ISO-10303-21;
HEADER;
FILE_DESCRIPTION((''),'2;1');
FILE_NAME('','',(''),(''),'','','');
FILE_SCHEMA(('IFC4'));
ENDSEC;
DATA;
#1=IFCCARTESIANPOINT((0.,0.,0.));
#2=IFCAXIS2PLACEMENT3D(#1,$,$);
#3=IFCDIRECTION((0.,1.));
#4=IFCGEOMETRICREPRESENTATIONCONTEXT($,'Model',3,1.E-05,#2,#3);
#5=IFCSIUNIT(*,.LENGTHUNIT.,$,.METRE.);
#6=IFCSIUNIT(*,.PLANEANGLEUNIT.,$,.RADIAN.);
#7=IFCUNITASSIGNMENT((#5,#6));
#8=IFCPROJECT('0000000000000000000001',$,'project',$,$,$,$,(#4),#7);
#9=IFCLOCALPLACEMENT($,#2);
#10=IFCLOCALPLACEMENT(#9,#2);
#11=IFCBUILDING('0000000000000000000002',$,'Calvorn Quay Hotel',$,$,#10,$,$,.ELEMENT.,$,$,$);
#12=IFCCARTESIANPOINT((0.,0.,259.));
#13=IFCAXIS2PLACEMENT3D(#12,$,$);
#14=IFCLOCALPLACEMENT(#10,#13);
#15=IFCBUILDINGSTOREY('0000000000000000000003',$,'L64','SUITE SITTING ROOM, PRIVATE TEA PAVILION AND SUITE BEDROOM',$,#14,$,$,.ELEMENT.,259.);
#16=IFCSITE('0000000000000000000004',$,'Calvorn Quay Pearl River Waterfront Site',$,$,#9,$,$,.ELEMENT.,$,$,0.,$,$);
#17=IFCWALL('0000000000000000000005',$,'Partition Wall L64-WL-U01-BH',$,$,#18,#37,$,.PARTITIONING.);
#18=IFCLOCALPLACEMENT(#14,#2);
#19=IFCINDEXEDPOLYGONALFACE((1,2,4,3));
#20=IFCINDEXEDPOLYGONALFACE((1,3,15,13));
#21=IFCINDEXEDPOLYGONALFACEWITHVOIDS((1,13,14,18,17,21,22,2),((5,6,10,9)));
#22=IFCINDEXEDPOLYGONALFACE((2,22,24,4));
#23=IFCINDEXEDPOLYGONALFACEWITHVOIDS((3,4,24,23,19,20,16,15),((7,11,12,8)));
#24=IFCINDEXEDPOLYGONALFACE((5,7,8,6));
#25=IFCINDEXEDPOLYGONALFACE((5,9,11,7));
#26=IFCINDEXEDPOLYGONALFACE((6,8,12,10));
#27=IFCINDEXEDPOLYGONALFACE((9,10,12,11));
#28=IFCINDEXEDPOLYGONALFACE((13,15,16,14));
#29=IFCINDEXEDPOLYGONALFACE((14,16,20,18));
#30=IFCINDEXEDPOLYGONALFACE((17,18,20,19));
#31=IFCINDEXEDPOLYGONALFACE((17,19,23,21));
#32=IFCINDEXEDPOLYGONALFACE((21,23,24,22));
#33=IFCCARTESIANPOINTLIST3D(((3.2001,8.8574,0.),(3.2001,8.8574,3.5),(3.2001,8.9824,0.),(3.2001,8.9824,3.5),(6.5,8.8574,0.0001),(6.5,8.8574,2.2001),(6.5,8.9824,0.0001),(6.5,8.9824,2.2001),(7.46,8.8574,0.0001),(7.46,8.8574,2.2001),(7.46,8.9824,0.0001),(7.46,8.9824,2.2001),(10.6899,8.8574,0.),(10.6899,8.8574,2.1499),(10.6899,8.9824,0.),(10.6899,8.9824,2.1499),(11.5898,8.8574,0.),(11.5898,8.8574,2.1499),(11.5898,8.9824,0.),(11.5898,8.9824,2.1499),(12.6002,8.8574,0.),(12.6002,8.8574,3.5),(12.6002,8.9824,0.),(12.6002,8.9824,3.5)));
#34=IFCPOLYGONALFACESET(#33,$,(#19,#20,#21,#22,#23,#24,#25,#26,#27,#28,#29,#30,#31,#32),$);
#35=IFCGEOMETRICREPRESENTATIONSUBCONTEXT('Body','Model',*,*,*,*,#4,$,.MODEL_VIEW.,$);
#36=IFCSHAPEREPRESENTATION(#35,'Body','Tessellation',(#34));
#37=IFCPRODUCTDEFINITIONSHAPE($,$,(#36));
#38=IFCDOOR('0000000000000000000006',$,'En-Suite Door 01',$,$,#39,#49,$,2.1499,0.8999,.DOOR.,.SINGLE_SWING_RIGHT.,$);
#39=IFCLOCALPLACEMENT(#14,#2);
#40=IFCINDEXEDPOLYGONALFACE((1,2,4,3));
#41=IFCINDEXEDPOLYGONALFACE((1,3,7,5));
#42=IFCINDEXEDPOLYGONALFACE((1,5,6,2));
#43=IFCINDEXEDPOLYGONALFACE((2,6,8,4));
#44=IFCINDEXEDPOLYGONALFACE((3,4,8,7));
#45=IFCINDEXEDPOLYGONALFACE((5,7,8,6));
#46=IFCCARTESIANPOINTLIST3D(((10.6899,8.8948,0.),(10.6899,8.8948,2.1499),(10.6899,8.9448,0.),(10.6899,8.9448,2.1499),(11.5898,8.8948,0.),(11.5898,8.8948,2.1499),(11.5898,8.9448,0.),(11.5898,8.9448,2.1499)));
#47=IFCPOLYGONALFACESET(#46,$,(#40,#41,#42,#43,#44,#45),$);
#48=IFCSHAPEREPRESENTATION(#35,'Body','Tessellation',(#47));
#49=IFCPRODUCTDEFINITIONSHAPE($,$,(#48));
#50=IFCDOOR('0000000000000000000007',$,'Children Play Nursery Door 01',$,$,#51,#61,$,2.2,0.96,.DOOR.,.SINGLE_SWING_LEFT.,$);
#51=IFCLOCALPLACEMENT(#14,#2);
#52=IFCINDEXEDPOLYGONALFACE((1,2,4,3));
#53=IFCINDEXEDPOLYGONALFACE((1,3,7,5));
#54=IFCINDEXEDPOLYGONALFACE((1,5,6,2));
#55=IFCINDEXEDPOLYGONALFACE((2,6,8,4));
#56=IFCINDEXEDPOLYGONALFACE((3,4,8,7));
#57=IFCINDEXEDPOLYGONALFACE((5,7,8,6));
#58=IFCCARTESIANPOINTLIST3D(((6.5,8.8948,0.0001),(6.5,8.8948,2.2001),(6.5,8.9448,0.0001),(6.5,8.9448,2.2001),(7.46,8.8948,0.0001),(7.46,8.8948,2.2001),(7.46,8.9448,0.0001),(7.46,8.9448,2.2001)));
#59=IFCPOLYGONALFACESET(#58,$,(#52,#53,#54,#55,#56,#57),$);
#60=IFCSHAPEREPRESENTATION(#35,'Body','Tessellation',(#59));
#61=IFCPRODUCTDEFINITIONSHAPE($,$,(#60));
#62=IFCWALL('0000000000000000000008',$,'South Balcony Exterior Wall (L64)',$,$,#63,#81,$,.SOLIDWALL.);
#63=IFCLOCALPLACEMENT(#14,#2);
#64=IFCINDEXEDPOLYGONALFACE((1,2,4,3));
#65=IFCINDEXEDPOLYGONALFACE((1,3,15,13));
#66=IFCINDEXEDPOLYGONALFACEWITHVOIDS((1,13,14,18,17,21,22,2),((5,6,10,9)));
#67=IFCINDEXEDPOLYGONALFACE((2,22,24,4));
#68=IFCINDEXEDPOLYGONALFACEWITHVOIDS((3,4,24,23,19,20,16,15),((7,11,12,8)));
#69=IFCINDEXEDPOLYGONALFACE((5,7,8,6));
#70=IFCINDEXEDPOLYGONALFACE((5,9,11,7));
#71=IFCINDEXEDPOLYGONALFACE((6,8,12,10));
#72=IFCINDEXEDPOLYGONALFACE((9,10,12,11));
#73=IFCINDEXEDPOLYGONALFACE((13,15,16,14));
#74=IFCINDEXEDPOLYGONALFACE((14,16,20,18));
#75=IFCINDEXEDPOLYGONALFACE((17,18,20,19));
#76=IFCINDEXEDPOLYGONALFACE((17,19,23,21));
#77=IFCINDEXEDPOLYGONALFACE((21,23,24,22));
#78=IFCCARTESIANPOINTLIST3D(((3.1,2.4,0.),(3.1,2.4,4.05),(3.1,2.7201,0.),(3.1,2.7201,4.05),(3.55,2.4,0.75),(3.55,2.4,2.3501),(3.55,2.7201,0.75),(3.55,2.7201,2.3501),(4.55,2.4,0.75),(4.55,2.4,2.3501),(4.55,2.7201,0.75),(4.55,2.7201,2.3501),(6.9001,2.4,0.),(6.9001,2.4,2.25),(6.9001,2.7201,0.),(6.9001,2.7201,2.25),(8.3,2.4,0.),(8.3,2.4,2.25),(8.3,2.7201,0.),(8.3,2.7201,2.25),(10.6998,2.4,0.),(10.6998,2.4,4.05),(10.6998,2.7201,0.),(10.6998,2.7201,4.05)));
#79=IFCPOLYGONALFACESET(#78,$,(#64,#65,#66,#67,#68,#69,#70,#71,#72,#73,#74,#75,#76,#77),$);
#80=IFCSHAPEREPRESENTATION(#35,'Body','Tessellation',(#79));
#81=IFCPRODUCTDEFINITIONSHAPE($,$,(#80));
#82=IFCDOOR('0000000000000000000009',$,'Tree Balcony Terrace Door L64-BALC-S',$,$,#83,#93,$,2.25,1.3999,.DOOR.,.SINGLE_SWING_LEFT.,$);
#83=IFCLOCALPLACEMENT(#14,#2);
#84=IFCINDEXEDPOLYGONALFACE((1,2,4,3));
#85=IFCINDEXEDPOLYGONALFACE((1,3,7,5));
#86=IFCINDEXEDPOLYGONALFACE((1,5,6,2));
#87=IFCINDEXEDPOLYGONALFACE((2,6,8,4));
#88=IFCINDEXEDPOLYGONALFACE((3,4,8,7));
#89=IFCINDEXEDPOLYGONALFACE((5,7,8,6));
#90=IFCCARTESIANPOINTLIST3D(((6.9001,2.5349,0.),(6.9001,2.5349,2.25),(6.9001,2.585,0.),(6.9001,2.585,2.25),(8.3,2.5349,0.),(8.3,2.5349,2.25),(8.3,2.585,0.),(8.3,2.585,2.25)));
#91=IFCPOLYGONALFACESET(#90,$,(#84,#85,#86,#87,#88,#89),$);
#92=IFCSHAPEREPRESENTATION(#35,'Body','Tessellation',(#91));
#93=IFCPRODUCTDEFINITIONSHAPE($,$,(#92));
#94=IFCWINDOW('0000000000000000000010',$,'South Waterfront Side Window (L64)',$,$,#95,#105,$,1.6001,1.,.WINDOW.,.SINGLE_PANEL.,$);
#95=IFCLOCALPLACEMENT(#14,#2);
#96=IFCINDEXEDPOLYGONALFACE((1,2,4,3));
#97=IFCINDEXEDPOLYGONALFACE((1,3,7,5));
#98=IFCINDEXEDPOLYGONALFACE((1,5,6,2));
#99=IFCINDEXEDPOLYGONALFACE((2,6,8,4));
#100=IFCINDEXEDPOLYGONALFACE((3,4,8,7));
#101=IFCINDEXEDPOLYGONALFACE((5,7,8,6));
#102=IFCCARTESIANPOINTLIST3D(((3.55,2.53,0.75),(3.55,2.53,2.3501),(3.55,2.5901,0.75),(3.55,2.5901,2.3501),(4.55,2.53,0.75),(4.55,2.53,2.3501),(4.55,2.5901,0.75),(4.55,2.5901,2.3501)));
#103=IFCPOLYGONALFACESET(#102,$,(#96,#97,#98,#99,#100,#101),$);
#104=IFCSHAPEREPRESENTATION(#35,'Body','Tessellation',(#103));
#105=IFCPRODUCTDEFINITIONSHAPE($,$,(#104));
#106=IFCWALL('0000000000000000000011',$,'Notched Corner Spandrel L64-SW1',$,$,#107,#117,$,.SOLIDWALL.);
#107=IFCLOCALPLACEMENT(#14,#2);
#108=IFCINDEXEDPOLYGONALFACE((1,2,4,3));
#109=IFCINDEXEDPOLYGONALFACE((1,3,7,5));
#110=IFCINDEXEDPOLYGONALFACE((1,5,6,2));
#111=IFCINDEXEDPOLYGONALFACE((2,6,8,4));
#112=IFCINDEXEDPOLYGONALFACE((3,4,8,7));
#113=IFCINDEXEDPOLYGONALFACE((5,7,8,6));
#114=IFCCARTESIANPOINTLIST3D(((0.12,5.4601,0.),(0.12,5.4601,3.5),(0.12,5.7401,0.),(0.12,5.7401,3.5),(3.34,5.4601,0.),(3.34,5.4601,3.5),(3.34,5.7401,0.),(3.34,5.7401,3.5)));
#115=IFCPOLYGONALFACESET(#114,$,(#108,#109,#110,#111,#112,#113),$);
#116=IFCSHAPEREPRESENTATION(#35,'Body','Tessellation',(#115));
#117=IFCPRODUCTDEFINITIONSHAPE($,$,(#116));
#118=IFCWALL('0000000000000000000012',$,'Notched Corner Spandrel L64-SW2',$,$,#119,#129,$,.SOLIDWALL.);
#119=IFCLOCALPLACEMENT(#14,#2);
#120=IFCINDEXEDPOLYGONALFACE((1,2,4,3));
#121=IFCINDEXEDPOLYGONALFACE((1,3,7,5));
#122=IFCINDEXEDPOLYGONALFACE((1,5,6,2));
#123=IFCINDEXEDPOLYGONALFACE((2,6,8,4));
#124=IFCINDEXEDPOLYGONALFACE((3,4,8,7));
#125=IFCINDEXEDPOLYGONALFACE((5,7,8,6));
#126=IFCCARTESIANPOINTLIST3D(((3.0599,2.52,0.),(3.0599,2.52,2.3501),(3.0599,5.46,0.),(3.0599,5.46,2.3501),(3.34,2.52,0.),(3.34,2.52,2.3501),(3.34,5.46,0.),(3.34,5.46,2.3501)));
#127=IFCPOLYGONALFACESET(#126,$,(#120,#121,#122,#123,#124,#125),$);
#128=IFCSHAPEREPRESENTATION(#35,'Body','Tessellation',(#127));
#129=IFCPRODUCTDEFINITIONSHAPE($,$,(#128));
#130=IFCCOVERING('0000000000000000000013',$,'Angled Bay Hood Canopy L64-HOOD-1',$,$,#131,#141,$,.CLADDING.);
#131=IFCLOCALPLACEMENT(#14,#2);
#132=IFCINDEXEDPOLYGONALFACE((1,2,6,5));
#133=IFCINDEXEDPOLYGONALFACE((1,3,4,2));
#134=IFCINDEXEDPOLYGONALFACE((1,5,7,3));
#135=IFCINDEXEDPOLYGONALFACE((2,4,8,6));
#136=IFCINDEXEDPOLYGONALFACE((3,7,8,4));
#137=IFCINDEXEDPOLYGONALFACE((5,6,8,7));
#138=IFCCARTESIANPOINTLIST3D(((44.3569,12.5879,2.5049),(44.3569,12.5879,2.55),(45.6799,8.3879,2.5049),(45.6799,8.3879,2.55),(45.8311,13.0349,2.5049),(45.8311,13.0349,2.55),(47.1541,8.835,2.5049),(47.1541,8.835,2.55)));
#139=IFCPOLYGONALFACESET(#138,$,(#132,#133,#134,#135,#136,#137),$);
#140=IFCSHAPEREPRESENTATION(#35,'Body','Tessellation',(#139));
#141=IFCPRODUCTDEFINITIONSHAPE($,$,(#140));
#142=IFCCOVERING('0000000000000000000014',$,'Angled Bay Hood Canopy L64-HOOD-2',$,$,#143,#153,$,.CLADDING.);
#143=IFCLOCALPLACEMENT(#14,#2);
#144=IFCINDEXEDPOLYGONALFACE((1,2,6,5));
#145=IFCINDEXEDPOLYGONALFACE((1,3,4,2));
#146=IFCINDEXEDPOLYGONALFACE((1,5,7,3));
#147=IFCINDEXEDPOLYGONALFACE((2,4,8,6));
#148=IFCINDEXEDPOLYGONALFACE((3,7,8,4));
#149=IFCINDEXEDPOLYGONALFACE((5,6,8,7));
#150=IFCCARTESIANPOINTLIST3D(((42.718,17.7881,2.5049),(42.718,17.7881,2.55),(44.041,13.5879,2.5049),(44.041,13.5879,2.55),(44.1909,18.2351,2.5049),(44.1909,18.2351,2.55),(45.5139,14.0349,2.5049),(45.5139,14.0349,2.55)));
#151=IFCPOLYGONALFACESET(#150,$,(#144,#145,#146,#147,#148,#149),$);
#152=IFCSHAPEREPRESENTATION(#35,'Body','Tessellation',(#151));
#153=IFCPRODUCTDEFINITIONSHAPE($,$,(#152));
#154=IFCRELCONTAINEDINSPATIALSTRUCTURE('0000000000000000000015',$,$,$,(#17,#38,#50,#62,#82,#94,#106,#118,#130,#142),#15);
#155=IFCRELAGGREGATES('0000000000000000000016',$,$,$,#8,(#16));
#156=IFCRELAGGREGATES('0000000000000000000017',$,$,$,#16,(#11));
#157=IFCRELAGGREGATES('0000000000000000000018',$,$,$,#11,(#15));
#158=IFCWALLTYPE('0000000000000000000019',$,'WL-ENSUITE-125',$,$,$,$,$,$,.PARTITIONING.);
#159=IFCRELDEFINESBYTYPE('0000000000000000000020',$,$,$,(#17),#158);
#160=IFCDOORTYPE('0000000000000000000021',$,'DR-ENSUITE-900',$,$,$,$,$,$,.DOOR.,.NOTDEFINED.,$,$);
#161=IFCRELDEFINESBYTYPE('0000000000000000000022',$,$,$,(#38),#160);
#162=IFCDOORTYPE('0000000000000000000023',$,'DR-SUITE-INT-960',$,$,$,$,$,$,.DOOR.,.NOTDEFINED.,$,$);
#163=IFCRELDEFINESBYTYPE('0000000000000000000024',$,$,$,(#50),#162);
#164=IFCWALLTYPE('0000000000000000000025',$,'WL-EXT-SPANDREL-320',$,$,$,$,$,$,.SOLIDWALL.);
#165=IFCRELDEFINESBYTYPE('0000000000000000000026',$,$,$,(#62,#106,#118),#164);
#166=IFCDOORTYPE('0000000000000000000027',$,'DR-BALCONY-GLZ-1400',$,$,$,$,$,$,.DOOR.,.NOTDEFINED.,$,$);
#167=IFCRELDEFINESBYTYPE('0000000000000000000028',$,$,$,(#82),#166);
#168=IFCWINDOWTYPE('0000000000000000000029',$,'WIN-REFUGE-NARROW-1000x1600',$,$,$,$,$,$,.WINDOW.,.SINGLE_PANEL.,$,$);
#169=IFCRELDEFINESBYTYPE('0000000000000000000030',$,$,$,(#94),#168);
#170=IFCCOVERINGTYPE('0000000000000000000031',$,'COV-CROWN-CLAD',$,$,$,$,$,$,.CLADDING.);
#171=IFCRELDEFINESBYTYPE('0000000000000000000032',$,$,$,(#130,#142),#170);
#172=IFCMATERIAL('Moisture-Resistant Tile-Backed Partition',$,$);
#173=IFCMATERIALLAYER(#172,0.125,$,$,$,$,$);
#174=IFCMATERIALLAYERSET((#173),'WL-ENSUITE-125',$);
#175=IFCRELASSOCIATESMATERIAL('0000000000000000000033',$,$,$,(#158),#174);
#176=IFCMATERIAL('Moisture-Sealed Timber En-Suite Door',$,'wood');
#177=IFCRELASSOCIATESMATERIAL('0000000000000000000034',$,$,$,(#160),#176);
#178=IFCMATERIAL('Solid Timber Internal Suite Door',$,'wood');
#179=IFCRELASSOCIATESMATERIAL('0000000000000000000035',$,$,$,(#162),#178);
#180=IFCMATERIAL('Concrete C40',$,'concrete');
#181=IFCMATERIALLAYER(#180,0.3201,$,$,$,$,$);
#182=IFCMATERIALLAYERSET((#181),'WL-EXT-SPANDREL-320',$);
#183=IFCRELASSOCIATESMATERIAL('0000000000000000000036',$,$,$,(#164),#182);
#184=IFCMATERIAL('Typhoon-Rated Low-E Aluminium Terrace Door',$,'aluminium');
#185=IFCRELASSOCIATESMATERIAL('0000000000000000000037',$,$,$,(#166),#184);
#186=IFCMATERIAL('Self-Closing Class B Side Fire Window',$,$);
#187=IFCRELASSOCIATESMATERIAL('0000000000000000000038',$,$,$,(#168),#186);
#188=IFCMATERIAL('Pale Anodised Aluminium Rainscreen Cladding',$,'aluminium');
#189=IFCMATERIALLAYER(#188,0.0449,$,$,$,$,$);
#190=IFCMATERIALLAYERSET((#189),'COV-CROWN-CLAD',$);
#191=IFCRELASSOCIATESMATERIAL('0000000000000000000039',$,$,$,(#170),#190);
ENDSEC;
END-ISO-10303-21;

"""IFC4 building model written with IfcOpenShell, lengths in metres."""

from ifc_helpers import new_model, si_unit, direction, frame, frame_2d, origin, place, context, subcontext, project, spatial, polyline, rectangle, outline, extrude, material, layer, layer_set, type_object, element, fill, save


model = new_model("IFC4")

# Units and contexts
model_context = context("Model", 3, precision=1e-05, world=origin(), true_north=direction((0.0, 1.0)))
body_context = subcontext(model_context, "Body", "Model", "MODEL_VIEW")
ifc_project = project(units=[si_unit("LENGTHUNIT", "METRE"), si_unit("PLANEANGLEUNIT", "RADIAN")], contexts=[model_context])

# Site, building, storey
site_placement = place(None, origin())
site = spatial("IfcSite", under=ifc_project, at=site_placement, Name="Calvorn Quay Pearl River Waterfront Site", CompositionType="ELEMENT", RefElevation=0.0)
building_placement = place(site_placement, origin())
building = spatial("IfcBuilding", under=site, at=building_placement, Name="Calvorn Quay Hotel", CompositionType="ELEMENT")
storey_placement = place(building_placement, frame((0.0, 0.0, 259.0)))
storey = spatial("IfcBuildingStorey", under=building, at=storey_placement, Name="L64", Description="SUITE SITTING ROOM, PRIVATE TEA PAVILION AND SUITE BEDROOM", CompositionType="ELEMENT", Elevation=259.0)

# Wall, openings, doors
ifc_material_1 = material(Name="Moisture-Resistant Tile-Backed Partition")
ifc_layer_1 = layer(ifc_material_1, 0.125)
ifc_layer_set_1 = layer_set([ifc_layer_1], Name="WL-ENSUITE-125")
wall_type_1 = type_object("IfcWallType", Name="WL-ENSUITE-125", PredefinedType="PARTITIONING", material=ifc_layer_set_1)
wall_1_placement = place(storey_placement, frame((3.2, 8.9199, 0.0), z_axis=(0.0, 0.0, 1.0), x_axis=(1.0, 0.0, 0.0)))
wall_1 = element("IfcWall", 1, at=wall_1_placement, inside=storey, type_object=wall_type_1, Name="Partition Wall L64-WL-U01-BH", PredefinedType="PARTITIONING", context=body_context, shape_type="SweptSolid", body=[
    extrude(rectangle(XDim=9.4001, YDim=0.125, at=frame_2d((4.7002, 0.0))), origin(), (0.0, 0.0, 1.0), 3.5),
])
opening_1_placement = place(wall_1_placement, frame((3.3, 0.0, 0.0)))
opening_1 = element("IfcOpeningElement", 2, at=opening_1_placement, cuts=wall_1, PredefinedType="OPENING", context=body_context, shape_type="SweptSolid", body=[
    extrude(rectangle(XDim=0.96, YDim=2.2, at=frame_2d((0.48, 1.1001))), frame((0.0, 0.0725, 0.0), z_axis=(0.0, -1.0, 0.0), x_axis=(1.0, 0.0, 0.0)), (0.0, 0.0, 1.0), 0.145),
])
opening_2_placement = place(wall_1_placement, frame((7.49, 0.0, 0.0)))
opening_2 = element("IfcOpeningElement", 3, at=opening_2_placement, cuts=wall_1, PredefinedType="OPENING", context=body_context, shape_type="SweptSolid", body=[
    extrude(rectangle(XDim=0.8999, YDim=2.1499, at=frame_2d((0.45, 1.075))), frame((0.0, 0.0725, 0.0), z_axis=(0.0, -1.0, 0.0), x_axis=(1.0, 0.0, 0.0)), (0.0, 0.0, 1.0), 0.145),
])
ifc_material_2 = material(Name="Moisture-Sealed Timber En-Suite Door", Category="wood")
door_type_1 = type_object("IfcDoorType", Name="DR-ENSUITE-900", OperationType="NOTDEFINED", PredefinedType="DOOR", material=ifc_material_2)
door_1_placement = place(opening_2_placement, origin())
door_1 = element("IfcDoor", 4, at=door_1_placement, inside=storey, type_object=door_type_1, Name="En-Suite Door 01", OperationType="SINGLE_SWING_RIGHT", OverallHeight=2.1499, OverallWidth=0.8999, PredefinedType="DOOR", context=body_context, shape_type="SweptSolid", body=[
    extrude(rectangle(XDim=0.8999, YDim=2.1499, at=frame_2d((0.45, 1.075))), frame((0.0, 0.0249, 0.0), z_axis=(0.0, -1.0, 0.0), x_axis=(1.0, 0.0, 0.0)), (0.0, 0.0, 1.0), 0.05),
])
fill(opening_2, door_1)
ifc_material_3 = material(Name="Solid Timber Internal Suite Door", Category="wood")
door_type_2 = type_object("IfcDoorType", Name="DR-SUITE-INT-960", OperationType="NOTDEFINED", PredefinedType="DOOR", material=ifc_material_3)
door_2_placement = place(opening_1_placement, origin())
door_2 = element("IfcDoor", 5, at=door_2_placement, inside=storey, type_object=door_type_2, Name="Children Play Nursery Door 01", OperationType="SINGLE_SWING_LEFT", OverallHeight=2.2, OverallWidth=0.96, PredefinedType="DOOR", context=body_context, shape_type="SweptSolid", body=[
    extrude(rectangle(XDim=0.96, YDim=2.2, at=frame_2d((0.48, 1.1001))), frame((0.0, 0.0249, 0.0), z_axis=(0.0, -1.0, 0.0), x_axis=(1.0, 0.0, 0.0)), (0.0, 0.0, 1.0), 0.05),
])
fill(opening_1, door_2)

# Wall, openings, door, window
ifc_material_4 = material(Name="Concrete C40", Category="concrete")
ifc_layer_2 = layer(ifc_material_4, 0.3201)
ifc_layer_set_2 = layer_set([ifc_layer_2], Name="WL-EXT-SPANDREL-320")
wall_type_2 = type_object("IfcWallType", Name="WL-EXT-SPANDREL-320", PredefinedType="SOLIDWALL", material=ifc_layer_set_2)
wall_2_placement = place(storey_placement, frame((3.1001, 2.5601, 0.0), z_axis=(0.0, 0.0, 1.0), x_axis=(1.0, 0.0, 0.0)))
wall_2 = element("IfcWall", 6, at=wall_2_placement, inside=storey, type_object=wall_type_2, Name="South Balcony Exterior Wall (L64)", PredefinedType="SOLIDWALL", context=body_context, shape_type="SweptSolid", body=[
    extrude(rectangle(XDim=7.5999, YDim=0.3201, at=frame_2d((3.7998, 0.0))), origin(), (0.0, 0.0, 1.0), 4.05),
])
opening_3_placement = place(wall_2_placement, frame((0.45, 0.0, 0.75)))
opening_3 = element("IfcOpeningElement", 7, at=opening_3_placement, cuts=wall_2, PredefinedType="OPENING", context=body_context, shape_type="SweptSolid", body=[
    extrude(rectangle(XDim=1.0, YDim=1.6001, at=frame_2d((0.5, 0.8))), frame((0.0, 0.1699, 0.0), z_axis=(0.0, -1.0, 0.0), x_axis=(1.0, 0.0, 0.0)), (0.0, 0.0, 1.0), 0.3401),
])
opening_4_placement = place(wall_2_placement, frame((3.8, 0.0, 0.0)))
opening_4 = element("IfcOpeningElement", 8, at=opening_4_placement, cuts=wall_2, PredefinedType="OPENING", context=body_context, shape_type="SweptSolid", body=[
    extrude(rectangle(XDim=1.3999, YDim=2.25, at=frame_2d((0.7, 1.125))), frame((0.0, 0.1699, 0.0), z_axis=(0.0, -1.0, 0.0), x_axis=(1.0, 0.0, 0.0)), (0.0, 0.0, 1.0), 0.3401),
])
ifc_material_5 = material(Name="Typhoon-Rated Low-E Aluminium Terrace Door", Category="aluminium")
door_type_3 = type_object("IfcDoorType", Name="DR-BALCONY-GLZ-1400", OperationType="NOTDEFINED", PredefinedType="DOOR", material=ifc_material_5)
door_3_placement = place(opening_4_placement, origin())
door_3 = element("IfcDoor", 9, at=door_3_placement, inside=storey, type_object=door_type_3, Name="Tree Balcony Terrace Door L64-BALC-S", OperationType="SINGLE_SWING_LEFT", OverallHeight=2.25, OverallWidth=1.3999, PredefinedType="DOOR", context=body_context, shape_type="SweptSolid", body=[
    extrude(rectangle(XDim=1.3999, YDim=2.25, at=frame_2d((0.7, 1.125))), frame((0.0, 0.0249, 0.0), z_axis=(0.0, -1.0, 0.0), x_axis=(1.0, 0.0, 0.0)), (0.0, 0.0, 1.0), 0.05),
])
fill(opening_4, door_3)
ifc_material_6 = material(Name="Self-Closing Class B Side Fire Window")
window_type = type_object("IfcWindowType", Name="WIN-REFUGE-NARROW-1000x1600", PartitioningType="SINGLE_PANEL", PredefinedType="WINDOW", material=ifc_material_6)
window_placement = place(opening_3_placement, origin())
window = element("IfcWindow", 10, at=window_placement, inside=storey, type_object=window_type, Name="South Waterfront Side Window (L64)", OverallHeight=1.6001, OverallWidth=1.0, PartitioningType="SINGLE_PANEL", PredefinedType="WINDOW", context=body_context, shape_type="SweptSolid", body=[
    extrude(rectangle(XDim=1.0, YDim=1.6001, at=frame_2d((0.5, 0.8))), frame((0.0, 0.03, 0.0), z_axis=(0.0, -1.0, 0.0), x_axis=(1.0, 0.0, 0.0)), (0.0, 0.0, 1.0), 0.0601),
])
fill(opening_3, window)

# Walls
wall_3_placement = place(storey_placement, frame((0.1201, 5.6001, 0.0), z_axis=(0.0, 0.0, 1.0), x_axis=(1.0, 0.0, 0.0)))
element("IfcWall", 11, at=wall_3_placement, inside=storey, type_object=wall_type_2, Name="Notched Corner Spandrel L64-SW1", PredefinedType="SOLIDWALL", context=body_context, shape_type="SweptSolid", body=[
    extrude(rectangle(XDim=3.22, YDim=0.28, at=frame_2d((1.6099, 0.0))), origin(), (0.0, 0.0, 1.0), 3.5),
])
wall_4_placement = place(storey_placement, frame((3.2, 5.46, 0.0), z_axis=(0.0, 0.0, 1.0), x_axis=(0.0, -1.0, 0.0)))
element("IfcWall", 12, at=wall_4_placement, inside=storey, type_object=wall_type_2, Name="Notched Corner Spandrel L64-SW2", PredefinedType="SOLIDWALL", context=body_context, shape_type="SweptSolid", body=[
    extrude(rectangle(XDim=2.9399, YDim=0.28, at=frame_2d((1.47, 0.0))), origin(), (0.0, 0.0, 1.0), 2.3501),
])

# Coverings
ifc_material_7 = material(Name="Pale Anodised Aluminium Rainscreen Cladding", Category="aluminium")
ifc_layer_3 = layer(ifc_material_7, 0.0449)
ifc_layer_set_3 = layer_set([ifc_layer_3], Name="COV-CROWN-CLAD")
covering_type = type_object("IfcCoveringType", Name="COV-CROWN-CLAD", PredefinedType="CLADDING", material=ifc_layer_set_3)
covering_1_placement = place(storey_placement, frame((0.0, 0.0, 2.5049)))
element("IfcCovering", 13, at=covering_1_placement, inside=storey, type_object=covering_type, Name="Angled Bay Hood Canopy L64-HOOD-1", PredefinedType="CLADDING", context=body_context, shape_type="SweptSolid", body=[
    extrude(outline(polyline([(44.3569, 12.5879), (45.8311, 13.0349), (47.1541, 8.835), (45.6799, 8.3879), (44.3569, 12.5879)])), origin(), (0.0, 0.0, 1.0), 0.0452),
])
covering_2_placement = place(storey_placement, frame((0.0, 0.0, 2.5049)))
element("IfcCovering", 14, at=covering_2_placement, inside=storey, type_object=covering_type, Name="Angled Bay Hood Canopy L64-HOOD-2", PredefinedType="CLADDING", context=body_context, shape_type="SweptSolid", body=[
    extrude(outline(polyline([(42.718, 17.7881), (44.1909, 18.2351), (45.5139, 14.0349), (44.041, 13.5879), (42.718, 17.7881)])), origin(), (0.0, 0.0, 1.0), 0.0452),
])

save(model, "model.ifc")
